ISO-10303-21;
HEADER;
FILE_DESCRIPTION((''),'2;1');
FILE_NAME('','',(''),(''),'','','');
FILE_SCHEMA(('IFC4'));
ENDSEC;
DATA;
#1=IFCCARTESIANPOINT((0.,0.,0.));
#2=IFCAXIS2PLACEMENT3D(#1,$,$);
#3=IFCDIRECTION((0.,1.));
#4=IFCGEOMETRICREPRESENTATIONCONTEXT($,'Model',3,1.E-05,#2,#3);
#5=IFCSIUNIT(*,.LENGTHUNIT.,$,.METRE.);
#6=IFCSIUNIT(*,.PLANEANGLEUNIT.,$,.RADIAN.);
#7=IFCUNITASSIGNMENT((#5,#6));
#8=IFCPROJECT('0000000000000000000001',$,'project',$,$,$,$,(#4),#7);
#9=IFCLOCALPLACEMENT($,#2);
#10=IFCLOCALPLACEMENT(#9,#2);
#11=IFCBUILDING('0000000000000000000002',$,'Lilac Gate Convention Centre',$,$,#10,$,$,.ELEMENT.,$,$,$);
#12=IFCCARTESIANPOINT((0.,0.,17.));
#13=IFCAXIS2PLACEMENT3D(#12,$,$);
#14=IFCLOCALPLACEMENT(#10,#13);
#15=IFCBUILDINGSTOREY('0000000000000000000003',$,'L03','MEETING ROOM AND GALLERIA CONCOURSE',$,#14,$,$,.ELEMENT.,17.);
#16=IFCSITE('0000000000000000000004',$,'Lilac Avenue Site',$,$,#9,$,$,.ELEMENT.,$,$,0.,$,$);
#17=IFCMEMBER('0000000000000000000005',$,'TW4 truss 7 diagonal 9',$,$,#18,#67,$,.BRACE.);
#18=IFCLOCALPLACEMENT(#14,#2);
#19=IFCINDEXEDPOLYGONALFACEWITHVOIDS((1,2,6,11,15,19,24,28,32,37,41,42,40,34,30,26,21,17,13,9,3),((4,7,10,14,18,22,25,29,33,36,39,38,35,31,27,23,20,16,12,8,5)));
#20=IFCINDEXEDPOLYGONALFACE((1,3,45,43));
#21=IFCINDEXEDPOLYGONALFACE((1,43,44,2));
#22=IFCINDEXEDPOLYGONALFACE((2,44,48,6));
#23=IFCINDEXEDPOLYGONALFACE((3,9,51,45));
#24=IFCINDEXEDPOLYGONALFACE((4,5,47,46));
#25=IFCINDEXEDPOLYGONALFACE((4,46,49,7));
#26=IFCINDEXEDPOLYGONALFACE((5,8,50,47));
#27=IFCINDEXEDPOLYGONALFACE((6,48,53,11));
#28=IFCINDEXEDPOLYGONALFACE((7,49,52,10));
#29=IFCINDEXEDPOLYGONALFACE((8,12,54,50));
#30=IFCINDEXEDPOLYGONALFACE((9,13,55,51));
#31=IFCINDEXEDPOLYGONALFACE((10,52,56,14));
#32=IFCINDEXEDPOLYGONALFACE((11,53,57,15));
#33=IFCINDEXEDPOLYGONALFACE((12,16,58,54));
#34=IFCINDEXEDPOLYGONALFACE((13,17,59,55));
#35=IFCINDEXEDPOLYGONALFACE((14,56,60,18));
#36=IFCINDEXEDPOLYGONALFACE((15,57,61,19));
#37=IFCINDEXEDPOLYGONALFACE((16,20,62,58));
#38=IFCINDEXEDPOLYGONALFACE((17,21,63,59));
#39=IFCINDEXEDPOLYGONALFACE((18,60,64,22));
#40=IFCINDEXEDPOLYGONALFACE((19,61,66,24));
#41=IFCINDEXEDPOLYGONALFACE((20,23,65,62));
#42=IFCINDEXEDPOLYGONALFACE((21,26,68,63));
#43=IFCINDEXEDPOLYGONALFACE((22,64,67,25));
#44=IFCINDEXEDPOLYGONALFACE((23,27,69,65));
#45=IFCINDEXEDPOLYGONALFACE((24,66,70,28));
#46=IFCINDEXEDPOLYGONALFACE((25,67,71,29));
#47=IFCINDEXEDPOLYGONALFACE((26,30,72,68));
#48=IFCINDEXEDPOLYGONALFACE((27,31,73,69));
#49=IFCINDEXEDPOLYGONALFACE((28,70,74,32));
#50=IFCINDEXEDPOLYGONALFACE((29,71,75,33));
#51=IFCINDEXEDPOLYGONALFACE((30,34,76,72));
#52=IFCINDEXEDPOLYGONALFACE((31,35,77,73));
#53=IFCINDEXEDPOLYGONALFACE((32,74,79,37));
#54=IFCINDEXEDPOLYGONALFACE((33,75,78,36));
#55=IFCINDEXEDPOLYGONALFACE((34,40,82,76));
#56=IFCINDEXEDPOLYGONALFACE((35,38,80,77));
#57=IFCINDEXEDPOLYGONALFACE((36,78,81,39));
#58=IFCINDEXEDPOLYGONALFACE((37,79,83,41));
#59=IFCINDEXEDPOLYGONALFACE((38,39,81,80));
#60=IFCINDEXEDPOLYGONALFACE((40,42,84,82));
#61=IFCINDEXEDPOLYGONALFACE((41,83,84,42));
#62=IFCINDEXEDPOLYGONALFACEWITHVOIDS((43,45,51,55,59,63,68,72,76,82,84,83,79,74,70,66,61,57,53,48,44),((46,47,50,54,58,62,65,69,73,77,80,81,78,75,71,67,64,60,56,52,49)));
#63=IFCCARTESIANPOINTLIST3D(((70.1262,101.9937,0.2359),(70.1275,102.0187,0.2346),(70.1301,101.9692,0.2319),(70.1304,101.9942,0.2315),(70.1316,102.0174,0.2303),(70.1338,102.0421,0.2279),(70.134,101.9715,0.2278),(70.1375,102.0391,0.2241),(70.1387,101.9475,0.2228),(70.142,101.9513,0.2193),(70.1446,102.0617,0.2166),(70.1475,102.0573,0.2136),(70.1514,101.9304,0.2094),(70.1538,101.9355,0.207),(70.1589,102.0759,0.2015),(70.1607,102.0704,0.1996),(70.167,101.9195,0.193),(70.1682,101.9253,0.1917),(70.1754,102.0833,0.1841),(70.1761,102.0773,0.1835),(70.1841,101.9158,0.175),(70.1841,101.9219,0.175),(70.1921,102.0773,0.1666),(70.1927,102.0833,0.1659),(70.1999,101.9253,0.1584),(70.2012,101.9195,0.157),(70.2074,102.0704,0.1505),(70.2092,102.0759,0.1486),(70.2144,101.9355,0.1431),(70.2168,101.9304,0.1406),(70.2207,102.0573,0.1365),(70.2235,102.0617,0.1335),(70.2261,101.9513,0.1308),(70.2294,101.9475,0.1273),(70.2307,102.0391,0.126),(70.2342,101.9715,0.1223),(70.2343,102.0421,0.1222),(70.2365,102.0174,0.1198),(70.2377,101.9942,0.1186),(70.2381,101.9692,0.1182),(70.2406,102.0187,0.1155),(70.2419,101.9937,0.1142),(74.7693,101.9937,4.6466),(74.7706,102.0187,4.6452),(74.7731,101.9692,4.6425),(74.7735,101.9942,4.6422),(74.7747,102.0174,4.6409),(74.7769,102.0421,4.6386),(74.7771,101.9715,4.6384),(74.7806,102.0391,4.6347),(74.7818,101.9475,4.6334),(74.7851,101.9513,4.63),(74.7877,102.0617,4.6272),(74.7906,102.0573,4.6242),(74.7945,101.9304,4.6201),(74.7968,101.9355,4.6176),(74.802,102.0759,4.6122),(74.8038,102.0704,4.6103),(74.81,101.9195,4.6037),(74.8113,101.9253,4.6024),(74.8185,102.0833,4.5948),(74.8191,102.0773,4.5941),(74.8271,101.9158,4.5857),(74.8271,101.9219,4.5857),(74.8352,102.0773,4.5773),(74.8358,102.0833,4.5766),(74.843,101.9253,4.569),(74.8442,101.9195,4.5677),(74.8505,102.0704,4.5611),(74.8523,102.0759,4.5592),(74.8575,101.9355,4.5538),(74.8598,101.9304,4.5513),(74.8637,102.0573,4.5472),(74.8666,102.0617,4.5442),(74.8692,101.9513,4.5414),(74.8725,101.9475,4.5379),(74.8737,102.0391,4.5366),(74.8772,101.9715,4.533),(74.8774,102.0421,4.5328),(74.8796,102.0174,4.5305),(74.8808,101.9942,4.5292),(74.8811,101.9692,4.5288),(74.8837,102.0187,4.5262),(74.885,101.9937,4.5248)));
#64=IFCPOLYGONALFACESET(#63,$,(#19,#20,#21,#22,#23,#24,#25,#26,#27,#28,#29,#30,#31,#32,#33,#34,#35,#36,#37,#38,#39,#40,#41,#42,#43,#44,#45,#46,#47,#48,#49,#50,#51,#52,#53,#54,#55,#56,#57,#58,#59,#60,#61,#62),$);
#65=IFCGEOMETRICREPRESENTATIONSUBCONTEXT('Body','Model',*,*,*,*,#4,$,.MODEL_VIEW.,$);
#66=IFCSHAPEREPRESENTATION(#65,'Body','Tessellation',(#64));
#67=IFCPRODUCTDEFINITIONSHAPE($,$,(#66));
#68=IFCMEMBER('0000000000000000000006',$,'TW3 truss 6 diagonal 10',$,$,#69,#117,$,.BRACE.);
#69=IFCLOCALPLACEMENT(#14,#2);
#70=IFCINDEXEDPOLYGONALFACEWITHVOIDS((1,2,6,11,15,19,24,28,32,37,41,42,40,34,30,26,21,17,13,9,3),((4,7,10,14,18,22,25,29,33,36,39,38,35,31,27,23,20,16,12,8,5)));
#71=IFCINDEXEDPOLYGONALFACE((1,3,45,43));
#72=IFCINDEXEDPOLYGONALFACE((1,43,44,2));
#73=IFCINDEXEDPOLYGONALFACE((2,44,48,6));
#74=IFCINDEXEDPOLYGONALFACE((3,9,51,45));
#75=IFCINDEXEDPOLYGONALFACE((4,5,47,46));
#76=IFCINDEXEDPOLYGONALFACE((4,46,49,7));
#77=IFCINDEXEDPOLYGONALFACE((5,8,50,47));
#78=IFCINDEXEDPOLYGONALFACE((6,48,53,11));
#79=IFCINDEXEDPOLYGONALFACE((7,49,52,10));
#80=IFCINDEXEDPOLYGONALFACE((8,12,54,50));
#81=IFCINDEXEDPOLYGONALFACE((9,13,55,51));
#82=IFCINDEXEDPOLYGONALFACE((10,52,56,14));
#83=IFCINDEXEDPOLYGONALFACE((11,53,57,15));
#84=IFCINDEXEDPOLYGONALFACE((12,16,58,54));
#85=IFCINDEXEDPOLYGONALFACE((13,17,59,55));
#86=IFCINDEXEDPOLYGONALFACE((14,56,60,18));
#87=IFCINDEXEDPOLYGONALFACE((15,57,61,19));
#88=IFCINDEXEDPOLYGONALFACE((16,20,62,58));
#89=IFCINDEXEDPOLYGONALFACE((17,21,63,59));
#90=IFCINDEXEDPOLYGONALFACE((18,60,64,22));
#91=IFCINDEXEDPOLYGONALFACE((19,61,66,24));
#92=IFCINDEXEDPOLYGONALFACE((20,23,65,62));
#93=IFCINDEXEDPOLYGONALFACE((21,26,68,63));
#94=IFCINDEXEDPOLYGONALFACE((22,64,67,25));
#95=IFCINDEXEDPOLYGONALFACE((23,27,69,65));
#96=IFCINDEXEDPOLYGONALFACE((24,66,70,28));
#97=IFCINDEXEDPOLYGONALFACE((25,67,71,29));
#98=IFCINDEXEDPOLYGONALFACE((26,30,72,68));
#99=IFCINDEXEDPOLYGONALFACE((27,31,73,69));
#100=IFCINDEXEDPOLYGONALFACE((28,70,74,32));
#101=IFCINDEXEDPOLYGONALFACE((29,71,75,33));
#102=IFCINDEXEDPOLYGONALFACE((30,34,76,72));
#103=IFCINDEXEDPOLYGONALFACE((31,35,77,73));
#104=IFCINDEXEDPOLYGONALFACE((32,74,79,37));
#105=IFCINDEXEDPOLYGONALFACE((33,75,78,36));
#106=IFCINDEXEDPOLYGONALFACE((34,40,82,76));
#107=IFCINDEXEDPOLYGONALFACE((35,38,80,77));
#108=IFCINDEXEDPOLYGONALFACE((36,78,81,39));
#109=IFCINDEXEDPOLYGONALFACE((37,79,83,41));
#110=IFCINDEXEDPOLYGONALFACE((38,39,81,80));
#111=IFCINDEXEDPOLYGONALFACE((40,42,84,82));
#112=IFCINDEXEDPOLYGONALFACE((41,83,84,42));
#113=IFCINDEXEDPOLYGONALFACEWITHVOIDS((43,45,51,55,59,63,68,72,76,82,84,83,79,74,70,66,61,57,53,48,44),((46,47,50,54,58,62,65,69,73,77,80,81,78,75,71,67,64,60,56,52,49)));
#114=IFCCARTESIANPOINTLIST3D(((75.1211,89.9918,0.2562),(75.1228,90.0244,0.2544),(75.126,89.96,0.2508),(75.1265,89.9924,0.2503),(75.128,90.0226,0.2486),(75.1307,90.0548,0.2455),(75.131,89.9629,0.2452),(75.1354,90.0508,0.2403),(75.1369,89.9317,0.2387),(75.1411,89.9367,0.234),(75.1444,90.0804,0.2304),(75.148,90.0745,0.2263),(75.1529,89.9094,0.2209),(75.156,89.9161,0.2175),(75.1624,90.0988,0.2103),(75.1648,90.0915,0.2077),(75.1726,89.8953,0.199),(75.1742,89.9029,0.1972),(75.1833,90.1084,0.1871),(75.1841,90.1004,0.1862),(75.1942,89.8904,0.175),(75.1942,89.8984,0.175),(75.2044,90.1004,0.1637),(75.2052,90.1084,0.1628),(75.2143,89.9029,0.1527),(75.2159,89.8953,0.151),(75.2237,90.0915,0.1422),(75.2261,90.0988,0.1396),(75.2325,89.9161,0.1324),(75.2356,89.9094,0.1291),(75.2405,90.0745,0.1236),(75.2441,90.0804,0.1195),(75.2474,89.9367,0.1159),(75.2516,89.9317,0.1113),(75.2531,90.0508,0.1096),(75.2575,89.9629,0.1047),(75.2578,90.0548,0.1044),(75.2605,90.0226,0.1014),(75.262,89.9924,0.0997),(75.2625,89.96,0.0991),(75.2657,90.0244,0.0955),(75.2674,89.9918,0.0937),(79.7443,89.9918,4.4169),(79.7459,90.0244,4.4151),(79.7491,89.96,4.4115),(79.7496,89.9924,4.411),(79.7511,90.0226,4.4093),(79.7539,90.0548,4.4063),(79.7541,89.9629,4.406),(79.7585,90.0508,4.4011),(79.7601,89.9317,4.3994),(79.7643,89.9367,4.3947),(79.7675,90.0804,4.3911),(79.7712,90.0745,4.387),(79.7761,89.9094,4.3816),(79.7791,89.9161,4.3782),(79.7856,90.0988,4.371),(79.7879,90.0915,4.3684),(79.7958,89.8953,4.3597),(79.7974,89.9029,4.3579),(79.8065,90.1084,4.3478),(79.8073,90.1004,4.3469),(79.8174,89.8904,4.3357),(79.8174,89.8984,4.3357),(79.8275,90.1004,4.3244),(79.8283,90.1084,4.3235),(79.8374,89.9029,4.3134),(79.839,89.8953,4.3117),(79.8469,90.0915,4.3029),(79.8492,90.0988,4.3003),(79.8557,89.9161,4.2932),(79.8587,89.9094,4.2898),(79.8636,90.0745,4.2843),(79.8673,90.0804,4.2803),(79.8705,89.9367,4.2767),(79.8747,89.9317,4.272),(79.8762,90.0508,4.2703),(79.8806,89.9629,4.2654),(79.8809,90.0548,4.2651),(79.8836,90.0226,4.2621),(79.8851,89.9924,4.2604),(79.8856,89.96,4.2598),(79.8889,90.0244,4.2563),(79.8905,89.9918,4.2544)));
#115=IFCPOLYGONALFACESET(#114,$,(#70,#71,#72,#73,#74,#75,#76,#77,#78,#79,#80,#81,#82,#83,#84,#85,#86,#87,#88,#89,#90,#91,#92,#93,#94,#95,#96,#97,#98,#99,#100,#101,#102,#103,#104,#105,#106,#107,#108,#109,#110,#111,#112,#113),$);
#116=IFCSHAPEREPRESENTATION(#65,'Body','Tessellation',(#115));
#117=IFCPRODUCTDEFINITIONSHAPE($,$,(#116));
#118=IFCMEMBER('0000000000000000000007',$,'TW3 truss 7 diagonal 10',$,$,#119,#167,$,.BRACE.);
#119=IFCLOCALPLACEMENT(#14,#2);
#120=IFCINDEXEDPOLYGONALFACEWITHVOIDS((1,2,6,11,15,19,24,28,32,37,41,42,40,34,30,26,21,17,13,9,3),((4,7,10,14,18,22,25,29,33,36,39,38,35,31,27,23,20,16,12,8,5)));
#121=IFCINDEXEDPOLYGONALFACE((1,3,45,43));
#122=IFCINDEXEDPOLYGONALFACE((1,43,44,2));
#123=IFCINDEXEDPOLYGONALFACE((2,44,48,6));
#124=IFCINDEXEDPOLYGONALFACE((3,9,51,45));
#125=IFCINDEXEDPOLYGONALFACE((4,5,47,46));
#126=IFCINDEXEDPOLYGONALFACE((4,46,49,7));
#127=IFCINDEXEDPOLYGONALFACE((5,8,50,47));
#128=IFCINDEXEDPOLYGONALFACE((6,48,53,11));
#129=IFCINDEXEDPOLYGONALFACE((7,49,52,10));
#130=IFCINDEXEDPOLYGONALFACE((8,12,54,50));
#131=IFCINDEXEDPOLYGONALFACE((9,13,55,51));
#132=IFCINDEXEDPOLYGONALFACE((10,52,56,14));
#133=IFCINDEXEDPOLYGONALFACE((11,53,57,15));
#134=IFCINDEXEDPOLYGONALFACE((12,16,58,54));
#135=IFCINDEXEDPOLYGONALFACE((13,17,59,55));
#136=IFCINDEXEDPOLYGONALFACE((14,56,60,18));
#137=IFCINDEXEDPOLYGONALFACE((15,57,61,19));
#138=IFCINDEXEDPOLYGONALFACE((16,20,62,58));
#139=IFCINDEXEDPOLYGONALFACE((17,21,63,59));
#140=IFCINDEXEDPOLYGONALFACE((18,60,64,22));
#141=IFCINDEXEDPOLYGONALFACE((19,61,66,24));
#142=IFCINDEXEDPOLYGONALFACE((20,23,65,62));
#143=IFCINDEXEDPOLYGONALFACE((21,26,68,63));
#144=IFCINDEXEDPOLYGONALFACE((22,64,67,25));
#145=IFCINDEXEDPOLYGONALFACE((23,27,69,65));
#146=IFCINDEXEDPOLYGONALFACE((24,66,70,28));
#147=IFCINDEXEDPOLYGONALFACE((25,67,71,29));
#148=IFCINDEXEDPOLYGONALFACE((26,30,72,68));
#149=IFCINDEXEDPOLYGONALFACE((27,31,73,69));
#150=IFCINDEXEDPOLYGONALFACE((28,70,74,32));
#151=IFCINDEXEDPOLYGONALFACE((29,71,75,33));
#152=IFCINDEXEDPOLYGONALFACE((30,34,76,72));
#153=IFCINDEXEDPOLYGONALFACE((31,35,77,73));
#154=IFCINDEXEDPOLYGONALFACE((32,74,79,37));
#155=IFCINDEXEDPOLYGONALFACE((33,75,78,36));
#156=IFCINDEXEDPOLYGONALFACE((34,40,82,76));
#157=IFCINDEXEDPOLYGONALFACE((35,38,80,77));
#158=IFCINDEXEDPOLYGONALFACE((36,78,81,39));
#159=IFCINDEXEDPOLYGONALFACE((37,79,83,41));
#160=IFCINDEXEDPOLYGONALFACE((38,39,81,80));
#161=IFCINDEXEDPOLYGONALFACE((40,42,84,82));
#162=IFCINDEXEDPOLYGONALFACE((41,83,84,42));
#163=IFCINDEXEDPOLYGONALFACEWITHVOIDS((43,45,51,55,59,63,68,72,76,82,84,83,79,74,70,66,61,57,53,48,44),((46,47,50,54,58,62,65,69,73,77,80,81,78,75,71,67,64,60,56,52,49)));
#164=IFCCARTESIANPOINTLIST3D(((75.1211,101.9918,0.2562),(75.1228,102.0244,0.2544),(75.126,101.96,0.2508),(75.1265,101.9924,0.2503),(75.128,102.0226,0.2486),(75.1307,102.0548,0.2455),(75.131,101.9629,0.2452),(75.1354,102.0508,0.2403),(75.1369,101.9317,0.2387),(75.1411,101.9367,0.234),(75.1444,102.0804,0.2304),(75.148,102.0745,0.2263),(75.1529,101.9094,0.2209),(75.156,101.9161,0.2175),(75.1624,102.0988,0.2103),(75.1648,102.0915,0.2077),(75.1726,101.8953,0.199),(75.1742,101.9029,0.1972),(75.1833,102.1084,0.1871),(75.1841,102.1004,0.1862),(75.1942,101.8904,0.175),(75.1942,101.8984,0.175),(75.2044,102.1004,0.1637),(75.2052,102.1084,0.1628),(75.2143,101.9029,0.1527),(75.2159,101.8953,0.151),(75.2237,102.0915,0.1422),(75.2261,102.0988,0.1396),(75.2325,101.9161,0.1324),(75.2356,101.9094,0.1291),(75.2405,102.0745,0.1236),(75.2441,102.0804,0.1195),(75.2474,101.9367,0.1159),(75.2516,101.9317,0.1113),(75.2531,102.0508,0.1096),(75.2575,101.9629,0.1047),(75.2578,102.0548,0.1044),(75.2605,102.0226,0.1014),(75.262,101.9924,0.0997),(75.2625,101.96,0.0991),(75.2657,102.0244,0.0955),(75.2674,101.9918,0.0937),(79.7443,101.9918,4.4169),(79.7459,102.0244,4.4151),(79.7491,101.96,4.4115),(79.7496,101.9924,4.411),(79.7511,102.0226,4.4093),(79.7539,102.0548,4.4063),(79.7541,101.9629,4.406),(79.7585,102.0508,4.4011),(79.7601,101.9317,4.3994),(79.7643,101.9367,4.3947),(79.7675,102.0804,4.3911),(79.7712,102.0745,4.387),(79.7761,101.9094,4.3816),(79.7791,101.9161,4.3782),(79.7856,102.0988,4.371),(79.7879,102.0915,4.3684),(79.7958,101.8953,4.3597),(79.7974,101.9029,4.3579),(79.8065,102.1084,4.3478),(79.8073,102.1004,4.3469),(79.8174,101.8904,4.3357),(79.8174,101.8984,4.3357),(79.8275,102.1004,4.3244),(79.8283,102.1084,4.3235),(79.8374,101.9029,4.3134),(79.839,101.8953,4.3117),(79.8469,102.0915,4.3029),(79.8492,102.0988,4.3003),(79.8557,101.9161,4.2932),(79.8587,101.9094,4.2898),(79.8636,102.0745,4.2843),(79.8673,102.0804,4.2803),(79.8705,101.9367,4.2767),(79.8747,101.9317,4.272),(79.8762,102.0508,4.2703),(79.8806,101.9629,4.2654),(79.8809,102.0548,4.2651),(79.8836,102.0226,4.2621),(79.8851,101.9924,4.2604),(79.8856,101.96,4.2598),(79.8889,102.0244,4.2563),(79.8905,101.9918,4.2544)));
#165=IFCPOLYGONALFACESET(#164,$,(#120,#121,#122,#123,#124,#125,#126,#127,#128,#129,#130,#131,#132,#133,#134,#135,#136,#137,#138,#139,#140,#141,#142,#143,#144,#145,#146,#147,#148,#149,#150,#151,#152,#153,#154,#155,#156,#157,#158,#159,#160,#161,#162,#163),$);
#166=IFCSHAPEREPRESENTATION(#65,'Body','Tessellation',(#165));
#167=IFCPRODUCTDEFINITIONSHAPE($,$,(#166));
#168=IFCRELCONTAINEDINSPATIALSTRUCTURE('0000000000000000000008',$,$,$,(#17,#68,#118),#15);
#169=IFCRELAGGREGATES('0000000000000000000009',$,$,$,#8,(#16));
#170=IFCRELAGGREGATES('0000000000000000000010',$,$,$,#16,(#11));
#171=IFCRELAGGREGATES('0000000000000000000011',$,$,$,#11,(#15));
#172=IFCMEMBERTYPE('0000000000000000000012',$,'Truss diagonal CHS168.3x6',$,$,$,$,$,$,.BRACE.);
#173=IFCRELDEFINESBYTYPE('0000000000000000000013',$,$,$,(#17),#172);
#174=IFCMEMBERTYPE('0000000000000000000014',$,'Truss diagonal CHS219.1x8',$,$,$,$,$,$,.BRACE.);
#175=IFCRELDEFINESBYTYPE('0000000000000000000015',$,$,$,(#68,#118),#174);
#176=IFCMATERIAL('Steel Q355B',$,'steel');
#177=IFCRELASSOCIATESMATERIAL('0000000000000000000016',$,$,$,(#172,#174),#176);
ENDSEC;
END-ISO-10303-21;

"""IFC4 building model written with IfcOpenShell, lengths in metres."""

from ifc_helpers import new_model, si_unit, direction, frame, origin, origin_2d, place, context, subcontext, project, spatial, hollow_circle, extrude, material, material_profile, profile_set, type_object, element, save


model = new_model("IFC4")

# Units and contexts
model_context = context("Model", 3, precision=1e-05, world=origin(), true_north=direction((0.0, 1.0)))
body_context = subcontext(model_context, "Body", "Model", "MODEL_VIEW")
ifc_project = project(units=[si_unit("LENGTHUNIT", "METRE"), si_unit("PLANEANGLEUNIT", "RADIAN")], contexts=[model_context])

# Site, building, storey
site_placement = place(None, origin())
site = spatial("IfcSite", under=ifc_project, at=site_placement, Name="Lilac Avenue Site", CompositionType="ELEMENT", RefElevation=0.0)
building_placement = place(site_placement, origin())
building = spatial("IfcBuilding", under=site, at=building_placement, Name="Lilac Gate Convention Centre", CompositionType="ELEMENT")
storey_placement = place(building_placement, frame((0.0, 0.0, 17.0)))
storey = spatial("IfcBuildingStorey", under=building, at=storey_placement, Name="L03", Description="MEETING ROOM AND GALLERIA CONCOURSE", CompositionType="ELEMENT", Elevation=17.0)

# Members
ifc_material = material(Name="Steel Q355B", Category="steel")
ifc_material_profile_1 = material_profile(ifc_material, hollow_circle(Radius=0.0842, WallThickness=0.0061, at=origin_2d()), Name="CHS168.3x6")
ifc_profile_set_1 = profile_set([ifc_material_profile_1], Name="Steel Q355B")
member_type_1 = type_object("IfcMemberType", Name="Truss diagonal CHS168.3x6", PredefinedType="BRACE", material=ifc_profile_set_1)
member_1_placement = place(storey_placement, frame((74.8271, 102.0, 4.5857), z_axis=(-0.72502, 0.0, -0.688727), x_axis=(0.0, -1.0, 0.0)))
element("IfcMember", 1, at=member_1_placement, inside=storey, type_object=member_type_1, Name="TW4 truss 7 diagonal 9", PredefinedType="BRACE", context=body_context, shape_type="SweptSolid", body=[
    extrude(hollow_circle(Radius=0.0842, WallThickness=0.0061, at=origin_2d()), origin(), (0.0, 0.0, 1.0), 6.4041),
])
ifc_material_profile_2 = material_profile(ifc_material, hollow_circle(Radius=0.1096, WallThickness=0.0081, at=origin_2d()), Name="CHS219.1x8")
ifc_profile_set_2 = profile_set([ifc_material_profile_2], Name="Steel Q355B")
member_type_2 = type_object("IfcMemberType", Name="Truss diagonal CHS219.1x8", PredefinedType="BRACE", material=ifc_profile_set_2)
for number, where, z_axis, x_axis, name in (
    (2, (79.8174, 90.0, 4.3357), (-0.743302, 0.0, -0.668956), (0.0, -1.0, 0.0), "TW3 truss 6 diagonal 10"),
    (3, (79.8174, 102.0, 4.3357), (-0.743302, 0.0, -0.668956), (0.0, -1.0, 0.0), "TW3 truss 7 diagonal 10"),
):
    element("IfcMember", number, at=place(storey_placement, frame(where, z_axis=z_axis, x_axis=x_axis)), inside=storey, type_object=member_type_2, Name=name, PredefinedType="BRACE", context=body_context, shape_type="SweptSolid", body=[
        extrude(hollow_circle(Radius=0.1096, WallThickness=0.0081, at=origin_2d()), origin(), (0.0, 0.0, 1.0), 6.2197),
    ])

save(model, "model.ifc")
